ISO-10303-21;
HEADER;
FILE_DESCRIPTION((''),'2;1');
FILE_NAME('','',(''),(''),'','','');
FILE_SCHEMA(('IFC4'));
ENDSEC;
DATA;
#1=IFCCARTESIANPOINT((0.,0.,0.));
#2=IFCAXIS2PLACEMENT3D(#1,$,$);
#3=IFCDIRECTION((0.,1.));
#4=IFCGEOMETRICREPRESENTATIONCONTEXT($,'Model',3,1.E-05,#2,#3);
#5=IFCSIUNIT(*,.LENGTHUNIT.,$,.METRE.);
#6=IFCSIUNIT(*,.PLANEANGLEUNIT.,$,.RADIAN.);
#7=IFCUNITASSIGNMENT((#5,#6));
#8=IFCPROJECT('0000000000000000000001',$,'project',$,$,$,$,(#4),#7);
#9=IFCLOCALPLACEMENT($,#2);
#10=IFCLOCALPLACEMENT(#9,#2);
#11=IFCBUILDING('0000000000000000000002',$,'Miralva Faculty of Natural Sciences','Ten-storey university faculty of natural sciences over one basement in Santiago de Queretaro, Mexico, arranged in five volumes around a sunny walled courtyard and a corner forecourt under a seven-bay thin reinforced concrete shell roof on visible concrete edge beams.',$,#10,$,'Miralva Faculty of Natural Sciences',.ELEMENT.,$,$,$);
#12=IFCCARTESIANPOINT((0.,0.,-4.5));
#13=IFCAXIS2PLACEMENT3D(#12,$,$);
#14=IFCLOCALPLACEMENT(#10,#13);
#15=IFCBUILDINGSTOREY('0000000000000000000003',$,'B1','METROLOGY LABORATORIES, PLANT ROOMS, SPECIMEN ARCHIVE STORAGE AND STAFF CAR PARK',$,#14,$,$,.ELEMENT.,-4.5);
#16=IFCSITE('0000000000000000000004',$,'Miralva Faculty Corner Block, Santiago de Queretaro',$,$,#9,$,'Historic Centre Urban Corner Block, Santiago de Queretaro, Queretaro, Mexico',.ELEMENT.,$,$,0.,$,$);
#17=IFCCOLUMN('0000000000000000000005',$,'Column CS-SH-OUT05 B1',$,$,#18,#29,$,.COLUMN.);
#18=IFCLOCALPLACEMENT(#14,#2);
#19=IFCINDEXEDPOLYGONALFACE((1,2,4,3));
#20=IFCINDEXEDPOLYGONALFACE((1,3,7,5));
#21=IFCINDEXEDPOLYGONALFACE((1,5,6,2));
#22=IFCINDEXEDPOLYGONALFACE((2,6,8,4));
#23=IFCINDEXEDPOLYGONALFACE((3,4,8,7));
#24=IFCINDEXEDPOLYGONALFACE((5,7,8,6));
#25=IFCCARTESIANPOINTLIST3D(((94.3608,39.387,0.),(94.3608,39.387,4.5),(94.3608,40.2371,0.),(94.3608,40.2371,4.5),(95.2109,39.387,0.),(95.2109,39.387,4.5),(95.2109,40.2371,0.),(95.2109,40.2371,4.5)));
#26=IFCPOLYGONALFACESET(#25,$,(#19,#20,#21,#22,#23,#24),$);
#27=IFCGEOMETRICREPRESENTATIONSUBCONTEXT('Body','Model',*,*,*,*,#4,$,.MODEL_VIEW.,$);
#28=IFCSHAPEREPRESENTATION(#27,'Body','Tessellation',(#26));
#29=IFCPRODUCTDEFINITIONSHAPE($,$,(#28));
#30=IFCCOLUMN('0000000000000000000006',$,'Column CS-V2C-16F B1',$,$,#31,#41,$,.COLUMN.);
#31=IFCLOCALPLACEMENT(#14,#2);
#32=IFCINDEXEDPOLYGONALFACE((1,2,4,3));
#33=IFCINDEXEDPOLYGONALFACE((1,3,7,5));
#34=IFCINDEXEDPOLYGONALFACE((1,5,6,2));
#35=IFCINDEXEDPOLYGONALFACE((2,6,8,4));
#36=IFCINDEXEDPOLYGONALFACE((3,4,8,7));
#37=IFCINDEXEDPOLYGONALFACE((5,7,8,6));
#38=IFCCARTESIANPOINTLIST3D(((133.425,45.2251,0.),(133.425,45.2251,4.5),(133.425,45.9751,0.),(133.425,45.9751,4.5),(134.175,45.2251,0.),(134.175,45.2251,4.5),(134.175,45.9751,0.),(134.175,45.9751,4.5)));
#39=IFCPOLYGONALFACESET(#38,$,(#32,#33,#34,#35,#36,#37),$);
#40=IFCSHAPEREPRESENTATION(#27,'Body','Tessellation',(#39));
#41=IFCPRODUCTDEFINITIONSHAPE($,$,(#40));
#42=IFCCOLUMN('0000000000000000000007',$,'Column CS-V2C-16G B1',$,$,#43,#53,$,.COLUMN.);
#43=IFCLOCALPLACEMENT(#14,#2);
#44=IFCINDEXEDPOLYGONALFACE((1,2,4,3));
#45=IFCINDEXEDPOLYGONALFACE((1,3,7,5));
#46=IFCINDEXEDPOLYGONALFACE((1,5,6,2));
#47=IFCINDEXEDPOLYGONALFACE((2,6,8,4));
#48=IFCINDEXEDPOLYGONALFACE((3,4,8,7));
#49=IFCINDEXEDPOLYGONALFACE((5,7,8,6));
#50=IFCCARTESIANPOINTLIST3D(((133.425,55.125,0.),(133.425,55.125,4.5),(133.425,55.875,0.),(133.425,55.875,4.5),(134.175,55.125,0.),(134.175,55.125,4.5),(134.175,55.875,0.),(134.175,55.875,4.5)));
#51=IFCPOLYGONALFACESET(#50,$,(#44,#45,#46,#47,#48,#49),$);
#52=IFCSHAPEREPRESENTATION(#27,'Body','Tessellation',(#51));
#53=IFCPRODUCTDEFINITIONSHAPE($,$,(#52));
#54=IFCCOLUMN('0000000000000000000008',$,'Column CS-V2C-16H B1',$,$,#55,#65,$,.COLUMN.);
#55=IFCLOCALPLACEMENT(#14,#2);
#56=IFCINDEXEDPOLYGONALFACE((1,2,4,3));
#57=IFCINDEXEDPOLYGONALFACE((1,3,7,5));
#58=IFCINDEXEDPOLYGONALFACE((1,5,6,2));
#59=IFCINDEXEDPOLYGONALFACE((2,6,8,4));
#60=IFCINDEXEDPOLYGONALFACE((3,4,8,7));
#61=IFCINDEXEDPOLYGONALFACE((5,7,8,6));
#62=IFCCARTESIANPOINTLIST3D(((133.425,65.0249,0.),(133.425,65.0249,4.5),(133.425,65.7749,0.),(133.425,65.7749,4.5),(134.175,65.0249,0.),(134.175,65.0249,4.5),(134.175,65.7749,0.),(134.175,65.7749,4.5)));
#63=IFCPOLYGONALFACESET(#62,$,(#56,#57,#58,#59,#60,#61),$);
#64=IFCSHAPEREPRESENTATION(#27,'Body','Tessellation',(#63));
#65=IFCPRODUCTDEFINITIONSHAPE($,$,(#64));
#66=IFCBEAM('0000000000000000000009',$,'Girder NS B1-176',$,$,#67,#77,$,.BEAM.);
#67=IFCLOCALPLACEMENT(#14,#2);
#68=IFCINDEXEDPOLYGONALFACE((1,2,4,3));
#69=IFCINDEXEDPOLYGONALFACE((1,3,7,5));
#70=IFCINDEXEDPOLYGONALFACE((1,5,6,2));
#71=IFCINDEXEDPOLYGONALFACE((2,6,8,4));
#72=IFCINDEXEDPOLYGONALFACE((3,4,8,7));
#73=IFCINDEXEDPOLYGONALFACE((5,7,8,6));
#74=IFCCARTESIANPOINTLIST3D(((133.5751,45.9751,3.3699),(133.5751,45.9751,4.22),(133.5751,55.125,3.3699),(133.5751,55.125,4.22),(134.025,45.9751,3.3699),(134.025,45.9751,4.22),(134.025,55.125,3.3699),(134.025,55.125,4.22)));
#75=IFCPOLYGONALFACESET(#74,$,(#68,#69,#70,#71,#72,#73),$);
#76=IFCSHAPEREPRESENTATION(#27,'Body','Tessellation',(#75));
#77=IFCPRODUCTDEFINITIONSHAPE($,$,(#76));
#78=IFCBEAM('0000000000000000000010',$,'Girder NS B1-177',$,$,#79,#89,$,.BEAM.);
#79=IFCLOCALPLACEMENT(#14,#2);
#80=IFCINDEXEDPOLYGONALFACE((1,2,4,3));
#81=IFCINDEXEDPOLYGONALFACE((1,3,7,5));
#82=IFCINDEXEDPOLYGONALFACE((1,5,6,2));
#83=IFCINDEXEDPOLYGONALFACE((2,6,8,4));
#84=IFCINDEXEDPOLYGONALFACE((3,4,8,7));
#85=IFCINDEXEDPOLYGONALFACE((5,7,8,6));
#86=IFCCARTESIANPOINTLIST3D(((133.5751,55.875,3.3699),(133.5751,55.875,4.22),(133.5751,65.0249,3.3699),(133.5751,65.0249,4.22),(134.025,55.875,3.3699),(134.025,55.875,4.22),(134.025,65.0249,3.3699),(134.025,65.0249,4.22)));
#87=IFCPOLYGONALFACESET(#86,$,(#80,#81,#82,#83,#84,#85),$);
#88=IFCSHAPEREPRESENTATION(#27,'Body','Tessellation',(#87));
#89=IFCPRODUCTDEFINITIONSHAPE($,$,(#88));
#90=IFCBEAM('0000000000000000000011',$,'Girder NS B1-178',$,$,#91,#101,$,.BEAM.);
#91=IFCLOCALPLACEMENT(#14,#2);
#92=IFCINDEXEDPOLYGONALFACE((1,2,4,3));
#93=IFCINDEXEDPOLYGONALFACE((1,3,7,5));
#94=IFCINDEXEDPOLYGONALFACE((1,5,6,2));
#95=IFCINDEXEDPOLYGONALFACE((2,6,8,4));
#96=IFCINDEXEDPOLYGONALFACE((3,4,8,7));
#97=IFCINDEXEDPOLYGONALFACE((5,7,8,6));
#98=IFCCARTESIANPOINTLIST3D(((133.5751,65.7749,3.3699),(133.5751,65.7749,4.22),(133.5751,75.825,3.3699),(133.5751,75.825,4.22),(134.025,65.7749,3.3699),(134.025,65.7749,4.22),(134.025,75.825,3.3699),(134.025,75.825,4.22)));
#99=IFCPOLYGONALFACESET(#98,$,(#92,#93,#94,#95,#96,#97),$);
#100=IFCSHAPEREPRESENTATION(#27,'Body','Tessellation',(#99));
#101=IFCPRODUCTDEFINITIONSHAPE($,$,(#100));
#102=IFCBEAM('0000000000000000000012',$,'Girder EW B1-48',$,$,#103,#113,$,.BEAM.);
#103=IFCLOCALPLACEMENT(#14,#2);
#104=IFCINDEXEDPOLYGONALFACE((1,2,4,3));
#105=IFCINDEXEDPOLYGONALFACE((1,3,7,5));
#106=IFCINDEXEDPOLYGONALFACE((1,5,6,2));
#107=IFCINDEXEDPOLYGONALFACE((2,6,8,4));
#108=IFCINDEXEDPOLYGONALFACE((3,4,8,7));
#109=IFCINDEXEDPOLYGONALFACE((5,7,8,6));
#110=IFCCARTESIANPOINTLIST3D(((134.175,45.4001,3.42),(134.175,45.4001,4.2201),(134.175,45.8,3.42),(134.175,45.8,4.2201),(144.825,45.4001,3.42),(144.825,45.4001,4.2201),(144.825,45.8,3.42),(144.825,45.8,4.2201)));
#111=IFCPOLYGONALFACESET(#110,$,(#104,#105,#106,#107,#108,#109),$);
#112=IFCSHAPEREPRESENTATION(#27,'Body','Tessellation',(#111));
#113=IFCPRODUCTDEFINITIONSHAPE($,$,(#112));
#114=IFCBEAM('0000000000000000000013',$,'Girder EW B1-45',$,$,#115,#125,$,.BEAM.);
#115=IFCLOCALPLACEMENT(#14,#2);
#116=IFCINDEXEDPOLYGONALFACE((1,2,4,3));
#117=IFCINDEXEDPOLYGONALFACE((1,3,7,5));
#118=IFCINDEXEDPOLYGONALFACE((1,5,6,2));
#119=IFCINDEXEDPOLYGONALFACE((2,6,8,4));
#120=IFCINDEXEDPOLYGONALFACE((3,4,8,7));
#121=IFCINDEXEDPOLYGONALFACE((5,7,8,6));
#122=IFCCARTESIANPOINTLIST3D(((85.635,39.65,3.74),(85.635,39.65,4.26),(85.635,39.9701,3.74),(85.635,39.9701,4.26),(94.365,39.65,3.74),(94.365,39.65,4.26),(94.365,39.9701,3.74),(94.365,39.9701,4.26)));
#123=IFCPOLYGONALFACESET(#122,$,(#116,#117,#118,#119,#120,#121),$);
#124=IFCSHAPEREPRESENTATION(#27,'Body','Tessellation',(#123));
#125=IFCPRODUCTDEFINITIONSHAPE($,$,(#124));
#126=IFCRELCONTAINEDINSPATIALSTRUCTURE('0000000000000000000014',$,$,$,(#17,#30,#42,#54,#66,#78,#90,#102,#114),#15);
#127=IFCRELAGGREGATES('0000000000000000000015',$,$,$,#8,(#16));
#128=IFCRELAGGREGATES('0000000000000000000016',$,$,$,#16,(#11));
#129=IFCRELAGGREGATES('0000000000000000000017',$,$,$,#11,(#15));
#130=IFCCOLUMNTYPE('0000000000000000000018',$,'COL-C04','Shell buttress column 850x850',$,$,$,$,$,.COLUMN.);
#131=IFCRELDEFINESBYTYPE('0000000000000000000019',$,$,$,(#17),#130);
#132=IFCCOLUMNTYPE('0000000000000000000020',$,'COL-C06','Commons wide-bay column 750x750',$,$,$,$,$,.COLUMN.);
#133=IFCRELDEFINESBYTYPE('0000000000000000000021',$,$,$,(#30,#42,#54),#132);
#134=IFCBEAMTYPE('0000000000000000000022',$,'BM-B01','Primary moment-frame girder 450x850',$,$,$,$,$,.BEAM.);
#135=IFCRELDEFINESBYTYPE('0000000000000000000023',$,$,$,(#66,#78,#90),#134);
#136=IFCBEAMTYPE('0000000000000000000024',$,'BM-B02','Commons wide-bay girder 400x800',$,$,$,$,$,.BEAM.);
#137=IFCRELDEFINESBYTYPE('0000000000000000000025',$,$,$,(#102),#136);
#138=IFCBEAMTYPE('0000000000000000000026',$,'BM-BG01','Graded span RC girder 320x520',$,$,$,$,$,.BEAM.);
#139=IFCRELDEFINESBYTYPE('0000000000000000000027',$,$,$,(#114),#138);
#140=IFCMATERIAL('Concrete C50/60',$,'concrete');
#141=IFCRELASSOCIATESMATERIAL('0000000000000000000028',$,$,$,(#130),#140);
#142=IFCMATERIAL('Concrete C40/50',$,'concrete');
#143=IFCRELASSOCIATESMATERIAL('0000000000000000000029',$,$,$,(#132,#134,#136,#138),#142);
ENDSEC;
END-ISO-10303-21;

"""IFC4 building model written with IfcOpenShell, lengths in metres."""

from ifc_helpers import new_model, si_unit, direction, frame, origin, origin_2d, place, context, subcontext, project, spatial, rectangle, extrude, material, material_profile, profile_set, type_object, element, save


model = new_model("IFC4")

# Units and contexts
model_context = context("Model", 3, precision=1e-05, world=origin(), true_north=direction((0.0, 1.0)))
body_context = subcontext(model_context, "Body", "Model", "MODEL_VIEW")
ifc_project = project(units=[si_unit("LENGTHUNIT", "METRE"), si_unit("PLANEANGLEUNIT", "RADIAN")], contexts=[model_context])

# Site, building, storey
site_placement = place(None, origin())
site = spatial("IfcSite", under=ifc_project, at=site_placement, Name="Miralva Faculty Corner Block, Santiago de Queretaro", LongName="Historic Centre Urban Corner Block, Santiago de Queretaro, Queretaro, Mexico", CompositionType="ELEMENT", RefElevation=0.0)
building_placement = place(site_placement, origin())
building = spatial("IfcBuilding", under=site, at=building_placement, Name="Miralva Faculty of Natural Sciences", Description="Ten-storey university faculty of natural sciences over one basement in Santiago de Queretaro, Mexico, arranged in five volumes around a sunny walled courtyard and a corner forecourt under a seven-bay thin reinforced concrete shell roof on visible concrete edge beams.", LongName="Miralva Faculty of Natural Sciences", CompositionType="ELEMENT")
storey_placement = place(building_placement, frame((0.0, 0.0, -4.5)))
storey = spatial("IfcBuildingStorey", under=building, at=storey_placement, Name="B1", Description="METROLOGY LABORATORIES, PLANT ROOMS, SPECIMEN ARCHIVE STORAGE AND STAFF CAR PARK", CompositionType="ELEMENT", Elevation=-4.5)

# Shared definitions
ifc_material_1 = material(Name="Concrete C40/50", Category="concrete")

# Columns
ifc_material_2 = material(Name="Concrete C50/60", Category="concrete")
ifc_material_profile_1 = material_profile(ifc_material_2, rectangle(XDim=0.8501, YDim=0.8501, at=origin_2d()), Name="RC 850x850")
ifc_profile_set_1 = profile_set([ifc_material_profile_1], Name="Concrete C50/60")
column_type_1 = type_object("IfcColumnType", Name="COL-C04", Description="Shell buttress column 850x850", PredefinedType="COLUMN", material=ifc_profile_set_1)
column_placement = place(storey_placement, frame((94.7859, 39.812, 0.0), z_axis=(0.0, 0.0, 1.0), x_axis=(1.0, 0.0, 0.0)))
element("IfcColumn", 1, at=column_placement, inside=storey, type_object=column_type_1, Name="Column CS-SH-OUT05 B1", PredefinedType="COLUMN", context=body_context, shape_type="SweptSolid", body=[
    extrude(rectangle(XDim=0.8501, YDim=0.8501, at=origin_2d()), origin(), (0.0, 0.0, 1.0), 4.5),
])
ifc_material_profile_2 = material_profile(ifc_material_1, rectangle(XDim=0.75, YDim=0.75, at=origin_2d()), Name="RC 750x750")
ifc_profile_set_2 = profile_set([ifc_material_profile_2], Name="Concrete C40/50")
column_type_2 = type_object("IfcColumnType", Name="COL-C06", Description="Commons wide-bay column 750x750", PredefinedType="COLUMN", material=ifc_profile_set_2)
for number, where, z_axis, x_axis, name in (
    (2, (133.8, 45.6001, 0.0), (0.0, 0.0, 1.0), (1.0, 0.0, 0.0), "Column CS-V2C-16F B1"),
    (3, (133.8, 55.5, 0.0), (0.0, 0.0, 1.0), (1.0, 0.0, 0.0), "Column CS-V2C-16G B1"),
    (4, (133.8, 65.3999, 0.0), (0.0, 0.0, 1.0), (1.0, 0.0, 0.0), "Column CS-V2C-16H B1"),
):
    element("IfcColumn", number, at=place(storey_placement, frame(where, z_axis=z_axis, x_axis=x_axis)), inside=storey, type_object=column_type_2, Name=name, PredefinedType="COLUMN", context=body_context, shape_type="SweptSolid", body=[
        extrude(rectangle(XDim=0.75, YDim=0.75, at=origin_2d()), origin(), (0.0, 0.0, 1.0), 4.5),
    ])

# Beams
ifc_material_profile_3 = material_profile(ifc_material_1, rectangle(XDim=0.45, YDim=0.8501, at=origin_2d()), Name="RC 450x850")
ifc_profile_set_3 = profile_set([ifc_material_profile_3], Name="Concrete C40/50")
beam_type_1 = type_object("IfcBeamType", Name="BM-B01", Description="Primary moment-frame girder 450x850", PredefinedType="BEAM", material=ifc_profile_set_3)
for number, where, z_axis, x_axis, name in (
    (5, (133.8, 45.9751, 3.7949), (0.0, 1.0, 0.0), (-1.0, 0.0, 0.0), "Girder NS B1-176"),
    (6, (133.8, 55.875, 3.7949), (0.0, 1.0, 0.0), (-1.0, 0.0, 0.0), "Girder NS B1-177"),
):
    element("IfcBeam", number, at=place(storey_placement, frame(where, z_axis=z_axis, x_axis=x_axis)), inside=storey, type_object=beam_type_1, Name=name, PredefinedType="BEAM", context=body_context, shape_type="SweptSolid", body=[
        extrude(rectangle(XDim=0.45, YDim=0.8501, at=origin_2d()), origin(), (0.0, 0.0, 1.0), 9.1499),
    ])
beam_1_placement = place(storey_placement, frame((133.8, 65.7749, 3.7949), z_axis=(0.0, 1.0, 0.0), x_axis=(-1.0, 0.0, 0.0)))
element("IfcBeam", 7, at=beam_1_placement, inside=storey, type_object=beam_type_1, Name="Girder NS B1-178", PredefinedType="BEAM", context=body_context, shape_type="SweptSolid", body=[
    extrude(rectangle(XDim=0.45, YDim=0.8501, at=origin_2d()), origin(), (0.0, 0.0, 1.0), 10.05),
])
ifc_material_profile_4 = material_profile(ifc_material_1, rectangle(XDim=0.3999, YDim=0.8, at=origin_2d()), Name="RC 400x800")
ifc_profile_set_4 = profile_set([ifc_material_profile_4], Name="Concrete C40/50")
beam_type_2 = type_object("IfcBeamType", Name="BM-B02", Description="Commons wide-bay girder 400x800", PredefinedType="BEAM", material=ifc_profile_set_4)
beam_2_placement = place(storey_placement, frame((134.175, 45.6001, 3.8201), z_axis=(1.0, 0.0, 0.0), x_axis=(0.0, 1.0, 0.0)))
element("IfcBeam", 8, at=beam_2_placement, inside=storey, type_object=beam_type_2, Name="Girder EW B1-48", PredefinedType="BEAM", context=body_context, shape_type="SweptSolid", body=[
    extrude(rectangle(XDim=0.3999, YDim=0.8, at=origin_2d()), origin(), (0.0, 0.0, 1.0), 10.6499),
])
ifc_material_profile_5 = material_profile(ifc_material_1, rectangle(XDim=0.3201, YDim=0.52, at=origin_2d()), Name="RC 320x520")
ifc_profile_set_5 = profile_set([ifc_material_profile_5], Name="Concrete C40/50")
beam_type_3 = type_object("IfcBeamType", Name="BM-BG01", Description="Graded span RC girder 320x520", PredefinedType="BEAM", material=ifc_profile_set_5)
beam_3_placement = place(storey_placement, frame((85.635, 39.8101, 4.0), z_axis=(1.0, 0.0, 0.0), x_axis=(0.0, 1.0, 0.0)))
element("IfcBeam", 9, at=beam_3_placement, inside=storey, type_object=beam_type_3, Name="Girder EW B1-45", PredefinedType="BEAM", context=body_context, shape_type="SweptSolid", body=[
    extrude(rectangle(XDim=0.3201, YDim=0.52, at=origin_2d()), origin(), (0.0, 0.0, 1.0), 8.73),
])

save(model, "model.ifc")
